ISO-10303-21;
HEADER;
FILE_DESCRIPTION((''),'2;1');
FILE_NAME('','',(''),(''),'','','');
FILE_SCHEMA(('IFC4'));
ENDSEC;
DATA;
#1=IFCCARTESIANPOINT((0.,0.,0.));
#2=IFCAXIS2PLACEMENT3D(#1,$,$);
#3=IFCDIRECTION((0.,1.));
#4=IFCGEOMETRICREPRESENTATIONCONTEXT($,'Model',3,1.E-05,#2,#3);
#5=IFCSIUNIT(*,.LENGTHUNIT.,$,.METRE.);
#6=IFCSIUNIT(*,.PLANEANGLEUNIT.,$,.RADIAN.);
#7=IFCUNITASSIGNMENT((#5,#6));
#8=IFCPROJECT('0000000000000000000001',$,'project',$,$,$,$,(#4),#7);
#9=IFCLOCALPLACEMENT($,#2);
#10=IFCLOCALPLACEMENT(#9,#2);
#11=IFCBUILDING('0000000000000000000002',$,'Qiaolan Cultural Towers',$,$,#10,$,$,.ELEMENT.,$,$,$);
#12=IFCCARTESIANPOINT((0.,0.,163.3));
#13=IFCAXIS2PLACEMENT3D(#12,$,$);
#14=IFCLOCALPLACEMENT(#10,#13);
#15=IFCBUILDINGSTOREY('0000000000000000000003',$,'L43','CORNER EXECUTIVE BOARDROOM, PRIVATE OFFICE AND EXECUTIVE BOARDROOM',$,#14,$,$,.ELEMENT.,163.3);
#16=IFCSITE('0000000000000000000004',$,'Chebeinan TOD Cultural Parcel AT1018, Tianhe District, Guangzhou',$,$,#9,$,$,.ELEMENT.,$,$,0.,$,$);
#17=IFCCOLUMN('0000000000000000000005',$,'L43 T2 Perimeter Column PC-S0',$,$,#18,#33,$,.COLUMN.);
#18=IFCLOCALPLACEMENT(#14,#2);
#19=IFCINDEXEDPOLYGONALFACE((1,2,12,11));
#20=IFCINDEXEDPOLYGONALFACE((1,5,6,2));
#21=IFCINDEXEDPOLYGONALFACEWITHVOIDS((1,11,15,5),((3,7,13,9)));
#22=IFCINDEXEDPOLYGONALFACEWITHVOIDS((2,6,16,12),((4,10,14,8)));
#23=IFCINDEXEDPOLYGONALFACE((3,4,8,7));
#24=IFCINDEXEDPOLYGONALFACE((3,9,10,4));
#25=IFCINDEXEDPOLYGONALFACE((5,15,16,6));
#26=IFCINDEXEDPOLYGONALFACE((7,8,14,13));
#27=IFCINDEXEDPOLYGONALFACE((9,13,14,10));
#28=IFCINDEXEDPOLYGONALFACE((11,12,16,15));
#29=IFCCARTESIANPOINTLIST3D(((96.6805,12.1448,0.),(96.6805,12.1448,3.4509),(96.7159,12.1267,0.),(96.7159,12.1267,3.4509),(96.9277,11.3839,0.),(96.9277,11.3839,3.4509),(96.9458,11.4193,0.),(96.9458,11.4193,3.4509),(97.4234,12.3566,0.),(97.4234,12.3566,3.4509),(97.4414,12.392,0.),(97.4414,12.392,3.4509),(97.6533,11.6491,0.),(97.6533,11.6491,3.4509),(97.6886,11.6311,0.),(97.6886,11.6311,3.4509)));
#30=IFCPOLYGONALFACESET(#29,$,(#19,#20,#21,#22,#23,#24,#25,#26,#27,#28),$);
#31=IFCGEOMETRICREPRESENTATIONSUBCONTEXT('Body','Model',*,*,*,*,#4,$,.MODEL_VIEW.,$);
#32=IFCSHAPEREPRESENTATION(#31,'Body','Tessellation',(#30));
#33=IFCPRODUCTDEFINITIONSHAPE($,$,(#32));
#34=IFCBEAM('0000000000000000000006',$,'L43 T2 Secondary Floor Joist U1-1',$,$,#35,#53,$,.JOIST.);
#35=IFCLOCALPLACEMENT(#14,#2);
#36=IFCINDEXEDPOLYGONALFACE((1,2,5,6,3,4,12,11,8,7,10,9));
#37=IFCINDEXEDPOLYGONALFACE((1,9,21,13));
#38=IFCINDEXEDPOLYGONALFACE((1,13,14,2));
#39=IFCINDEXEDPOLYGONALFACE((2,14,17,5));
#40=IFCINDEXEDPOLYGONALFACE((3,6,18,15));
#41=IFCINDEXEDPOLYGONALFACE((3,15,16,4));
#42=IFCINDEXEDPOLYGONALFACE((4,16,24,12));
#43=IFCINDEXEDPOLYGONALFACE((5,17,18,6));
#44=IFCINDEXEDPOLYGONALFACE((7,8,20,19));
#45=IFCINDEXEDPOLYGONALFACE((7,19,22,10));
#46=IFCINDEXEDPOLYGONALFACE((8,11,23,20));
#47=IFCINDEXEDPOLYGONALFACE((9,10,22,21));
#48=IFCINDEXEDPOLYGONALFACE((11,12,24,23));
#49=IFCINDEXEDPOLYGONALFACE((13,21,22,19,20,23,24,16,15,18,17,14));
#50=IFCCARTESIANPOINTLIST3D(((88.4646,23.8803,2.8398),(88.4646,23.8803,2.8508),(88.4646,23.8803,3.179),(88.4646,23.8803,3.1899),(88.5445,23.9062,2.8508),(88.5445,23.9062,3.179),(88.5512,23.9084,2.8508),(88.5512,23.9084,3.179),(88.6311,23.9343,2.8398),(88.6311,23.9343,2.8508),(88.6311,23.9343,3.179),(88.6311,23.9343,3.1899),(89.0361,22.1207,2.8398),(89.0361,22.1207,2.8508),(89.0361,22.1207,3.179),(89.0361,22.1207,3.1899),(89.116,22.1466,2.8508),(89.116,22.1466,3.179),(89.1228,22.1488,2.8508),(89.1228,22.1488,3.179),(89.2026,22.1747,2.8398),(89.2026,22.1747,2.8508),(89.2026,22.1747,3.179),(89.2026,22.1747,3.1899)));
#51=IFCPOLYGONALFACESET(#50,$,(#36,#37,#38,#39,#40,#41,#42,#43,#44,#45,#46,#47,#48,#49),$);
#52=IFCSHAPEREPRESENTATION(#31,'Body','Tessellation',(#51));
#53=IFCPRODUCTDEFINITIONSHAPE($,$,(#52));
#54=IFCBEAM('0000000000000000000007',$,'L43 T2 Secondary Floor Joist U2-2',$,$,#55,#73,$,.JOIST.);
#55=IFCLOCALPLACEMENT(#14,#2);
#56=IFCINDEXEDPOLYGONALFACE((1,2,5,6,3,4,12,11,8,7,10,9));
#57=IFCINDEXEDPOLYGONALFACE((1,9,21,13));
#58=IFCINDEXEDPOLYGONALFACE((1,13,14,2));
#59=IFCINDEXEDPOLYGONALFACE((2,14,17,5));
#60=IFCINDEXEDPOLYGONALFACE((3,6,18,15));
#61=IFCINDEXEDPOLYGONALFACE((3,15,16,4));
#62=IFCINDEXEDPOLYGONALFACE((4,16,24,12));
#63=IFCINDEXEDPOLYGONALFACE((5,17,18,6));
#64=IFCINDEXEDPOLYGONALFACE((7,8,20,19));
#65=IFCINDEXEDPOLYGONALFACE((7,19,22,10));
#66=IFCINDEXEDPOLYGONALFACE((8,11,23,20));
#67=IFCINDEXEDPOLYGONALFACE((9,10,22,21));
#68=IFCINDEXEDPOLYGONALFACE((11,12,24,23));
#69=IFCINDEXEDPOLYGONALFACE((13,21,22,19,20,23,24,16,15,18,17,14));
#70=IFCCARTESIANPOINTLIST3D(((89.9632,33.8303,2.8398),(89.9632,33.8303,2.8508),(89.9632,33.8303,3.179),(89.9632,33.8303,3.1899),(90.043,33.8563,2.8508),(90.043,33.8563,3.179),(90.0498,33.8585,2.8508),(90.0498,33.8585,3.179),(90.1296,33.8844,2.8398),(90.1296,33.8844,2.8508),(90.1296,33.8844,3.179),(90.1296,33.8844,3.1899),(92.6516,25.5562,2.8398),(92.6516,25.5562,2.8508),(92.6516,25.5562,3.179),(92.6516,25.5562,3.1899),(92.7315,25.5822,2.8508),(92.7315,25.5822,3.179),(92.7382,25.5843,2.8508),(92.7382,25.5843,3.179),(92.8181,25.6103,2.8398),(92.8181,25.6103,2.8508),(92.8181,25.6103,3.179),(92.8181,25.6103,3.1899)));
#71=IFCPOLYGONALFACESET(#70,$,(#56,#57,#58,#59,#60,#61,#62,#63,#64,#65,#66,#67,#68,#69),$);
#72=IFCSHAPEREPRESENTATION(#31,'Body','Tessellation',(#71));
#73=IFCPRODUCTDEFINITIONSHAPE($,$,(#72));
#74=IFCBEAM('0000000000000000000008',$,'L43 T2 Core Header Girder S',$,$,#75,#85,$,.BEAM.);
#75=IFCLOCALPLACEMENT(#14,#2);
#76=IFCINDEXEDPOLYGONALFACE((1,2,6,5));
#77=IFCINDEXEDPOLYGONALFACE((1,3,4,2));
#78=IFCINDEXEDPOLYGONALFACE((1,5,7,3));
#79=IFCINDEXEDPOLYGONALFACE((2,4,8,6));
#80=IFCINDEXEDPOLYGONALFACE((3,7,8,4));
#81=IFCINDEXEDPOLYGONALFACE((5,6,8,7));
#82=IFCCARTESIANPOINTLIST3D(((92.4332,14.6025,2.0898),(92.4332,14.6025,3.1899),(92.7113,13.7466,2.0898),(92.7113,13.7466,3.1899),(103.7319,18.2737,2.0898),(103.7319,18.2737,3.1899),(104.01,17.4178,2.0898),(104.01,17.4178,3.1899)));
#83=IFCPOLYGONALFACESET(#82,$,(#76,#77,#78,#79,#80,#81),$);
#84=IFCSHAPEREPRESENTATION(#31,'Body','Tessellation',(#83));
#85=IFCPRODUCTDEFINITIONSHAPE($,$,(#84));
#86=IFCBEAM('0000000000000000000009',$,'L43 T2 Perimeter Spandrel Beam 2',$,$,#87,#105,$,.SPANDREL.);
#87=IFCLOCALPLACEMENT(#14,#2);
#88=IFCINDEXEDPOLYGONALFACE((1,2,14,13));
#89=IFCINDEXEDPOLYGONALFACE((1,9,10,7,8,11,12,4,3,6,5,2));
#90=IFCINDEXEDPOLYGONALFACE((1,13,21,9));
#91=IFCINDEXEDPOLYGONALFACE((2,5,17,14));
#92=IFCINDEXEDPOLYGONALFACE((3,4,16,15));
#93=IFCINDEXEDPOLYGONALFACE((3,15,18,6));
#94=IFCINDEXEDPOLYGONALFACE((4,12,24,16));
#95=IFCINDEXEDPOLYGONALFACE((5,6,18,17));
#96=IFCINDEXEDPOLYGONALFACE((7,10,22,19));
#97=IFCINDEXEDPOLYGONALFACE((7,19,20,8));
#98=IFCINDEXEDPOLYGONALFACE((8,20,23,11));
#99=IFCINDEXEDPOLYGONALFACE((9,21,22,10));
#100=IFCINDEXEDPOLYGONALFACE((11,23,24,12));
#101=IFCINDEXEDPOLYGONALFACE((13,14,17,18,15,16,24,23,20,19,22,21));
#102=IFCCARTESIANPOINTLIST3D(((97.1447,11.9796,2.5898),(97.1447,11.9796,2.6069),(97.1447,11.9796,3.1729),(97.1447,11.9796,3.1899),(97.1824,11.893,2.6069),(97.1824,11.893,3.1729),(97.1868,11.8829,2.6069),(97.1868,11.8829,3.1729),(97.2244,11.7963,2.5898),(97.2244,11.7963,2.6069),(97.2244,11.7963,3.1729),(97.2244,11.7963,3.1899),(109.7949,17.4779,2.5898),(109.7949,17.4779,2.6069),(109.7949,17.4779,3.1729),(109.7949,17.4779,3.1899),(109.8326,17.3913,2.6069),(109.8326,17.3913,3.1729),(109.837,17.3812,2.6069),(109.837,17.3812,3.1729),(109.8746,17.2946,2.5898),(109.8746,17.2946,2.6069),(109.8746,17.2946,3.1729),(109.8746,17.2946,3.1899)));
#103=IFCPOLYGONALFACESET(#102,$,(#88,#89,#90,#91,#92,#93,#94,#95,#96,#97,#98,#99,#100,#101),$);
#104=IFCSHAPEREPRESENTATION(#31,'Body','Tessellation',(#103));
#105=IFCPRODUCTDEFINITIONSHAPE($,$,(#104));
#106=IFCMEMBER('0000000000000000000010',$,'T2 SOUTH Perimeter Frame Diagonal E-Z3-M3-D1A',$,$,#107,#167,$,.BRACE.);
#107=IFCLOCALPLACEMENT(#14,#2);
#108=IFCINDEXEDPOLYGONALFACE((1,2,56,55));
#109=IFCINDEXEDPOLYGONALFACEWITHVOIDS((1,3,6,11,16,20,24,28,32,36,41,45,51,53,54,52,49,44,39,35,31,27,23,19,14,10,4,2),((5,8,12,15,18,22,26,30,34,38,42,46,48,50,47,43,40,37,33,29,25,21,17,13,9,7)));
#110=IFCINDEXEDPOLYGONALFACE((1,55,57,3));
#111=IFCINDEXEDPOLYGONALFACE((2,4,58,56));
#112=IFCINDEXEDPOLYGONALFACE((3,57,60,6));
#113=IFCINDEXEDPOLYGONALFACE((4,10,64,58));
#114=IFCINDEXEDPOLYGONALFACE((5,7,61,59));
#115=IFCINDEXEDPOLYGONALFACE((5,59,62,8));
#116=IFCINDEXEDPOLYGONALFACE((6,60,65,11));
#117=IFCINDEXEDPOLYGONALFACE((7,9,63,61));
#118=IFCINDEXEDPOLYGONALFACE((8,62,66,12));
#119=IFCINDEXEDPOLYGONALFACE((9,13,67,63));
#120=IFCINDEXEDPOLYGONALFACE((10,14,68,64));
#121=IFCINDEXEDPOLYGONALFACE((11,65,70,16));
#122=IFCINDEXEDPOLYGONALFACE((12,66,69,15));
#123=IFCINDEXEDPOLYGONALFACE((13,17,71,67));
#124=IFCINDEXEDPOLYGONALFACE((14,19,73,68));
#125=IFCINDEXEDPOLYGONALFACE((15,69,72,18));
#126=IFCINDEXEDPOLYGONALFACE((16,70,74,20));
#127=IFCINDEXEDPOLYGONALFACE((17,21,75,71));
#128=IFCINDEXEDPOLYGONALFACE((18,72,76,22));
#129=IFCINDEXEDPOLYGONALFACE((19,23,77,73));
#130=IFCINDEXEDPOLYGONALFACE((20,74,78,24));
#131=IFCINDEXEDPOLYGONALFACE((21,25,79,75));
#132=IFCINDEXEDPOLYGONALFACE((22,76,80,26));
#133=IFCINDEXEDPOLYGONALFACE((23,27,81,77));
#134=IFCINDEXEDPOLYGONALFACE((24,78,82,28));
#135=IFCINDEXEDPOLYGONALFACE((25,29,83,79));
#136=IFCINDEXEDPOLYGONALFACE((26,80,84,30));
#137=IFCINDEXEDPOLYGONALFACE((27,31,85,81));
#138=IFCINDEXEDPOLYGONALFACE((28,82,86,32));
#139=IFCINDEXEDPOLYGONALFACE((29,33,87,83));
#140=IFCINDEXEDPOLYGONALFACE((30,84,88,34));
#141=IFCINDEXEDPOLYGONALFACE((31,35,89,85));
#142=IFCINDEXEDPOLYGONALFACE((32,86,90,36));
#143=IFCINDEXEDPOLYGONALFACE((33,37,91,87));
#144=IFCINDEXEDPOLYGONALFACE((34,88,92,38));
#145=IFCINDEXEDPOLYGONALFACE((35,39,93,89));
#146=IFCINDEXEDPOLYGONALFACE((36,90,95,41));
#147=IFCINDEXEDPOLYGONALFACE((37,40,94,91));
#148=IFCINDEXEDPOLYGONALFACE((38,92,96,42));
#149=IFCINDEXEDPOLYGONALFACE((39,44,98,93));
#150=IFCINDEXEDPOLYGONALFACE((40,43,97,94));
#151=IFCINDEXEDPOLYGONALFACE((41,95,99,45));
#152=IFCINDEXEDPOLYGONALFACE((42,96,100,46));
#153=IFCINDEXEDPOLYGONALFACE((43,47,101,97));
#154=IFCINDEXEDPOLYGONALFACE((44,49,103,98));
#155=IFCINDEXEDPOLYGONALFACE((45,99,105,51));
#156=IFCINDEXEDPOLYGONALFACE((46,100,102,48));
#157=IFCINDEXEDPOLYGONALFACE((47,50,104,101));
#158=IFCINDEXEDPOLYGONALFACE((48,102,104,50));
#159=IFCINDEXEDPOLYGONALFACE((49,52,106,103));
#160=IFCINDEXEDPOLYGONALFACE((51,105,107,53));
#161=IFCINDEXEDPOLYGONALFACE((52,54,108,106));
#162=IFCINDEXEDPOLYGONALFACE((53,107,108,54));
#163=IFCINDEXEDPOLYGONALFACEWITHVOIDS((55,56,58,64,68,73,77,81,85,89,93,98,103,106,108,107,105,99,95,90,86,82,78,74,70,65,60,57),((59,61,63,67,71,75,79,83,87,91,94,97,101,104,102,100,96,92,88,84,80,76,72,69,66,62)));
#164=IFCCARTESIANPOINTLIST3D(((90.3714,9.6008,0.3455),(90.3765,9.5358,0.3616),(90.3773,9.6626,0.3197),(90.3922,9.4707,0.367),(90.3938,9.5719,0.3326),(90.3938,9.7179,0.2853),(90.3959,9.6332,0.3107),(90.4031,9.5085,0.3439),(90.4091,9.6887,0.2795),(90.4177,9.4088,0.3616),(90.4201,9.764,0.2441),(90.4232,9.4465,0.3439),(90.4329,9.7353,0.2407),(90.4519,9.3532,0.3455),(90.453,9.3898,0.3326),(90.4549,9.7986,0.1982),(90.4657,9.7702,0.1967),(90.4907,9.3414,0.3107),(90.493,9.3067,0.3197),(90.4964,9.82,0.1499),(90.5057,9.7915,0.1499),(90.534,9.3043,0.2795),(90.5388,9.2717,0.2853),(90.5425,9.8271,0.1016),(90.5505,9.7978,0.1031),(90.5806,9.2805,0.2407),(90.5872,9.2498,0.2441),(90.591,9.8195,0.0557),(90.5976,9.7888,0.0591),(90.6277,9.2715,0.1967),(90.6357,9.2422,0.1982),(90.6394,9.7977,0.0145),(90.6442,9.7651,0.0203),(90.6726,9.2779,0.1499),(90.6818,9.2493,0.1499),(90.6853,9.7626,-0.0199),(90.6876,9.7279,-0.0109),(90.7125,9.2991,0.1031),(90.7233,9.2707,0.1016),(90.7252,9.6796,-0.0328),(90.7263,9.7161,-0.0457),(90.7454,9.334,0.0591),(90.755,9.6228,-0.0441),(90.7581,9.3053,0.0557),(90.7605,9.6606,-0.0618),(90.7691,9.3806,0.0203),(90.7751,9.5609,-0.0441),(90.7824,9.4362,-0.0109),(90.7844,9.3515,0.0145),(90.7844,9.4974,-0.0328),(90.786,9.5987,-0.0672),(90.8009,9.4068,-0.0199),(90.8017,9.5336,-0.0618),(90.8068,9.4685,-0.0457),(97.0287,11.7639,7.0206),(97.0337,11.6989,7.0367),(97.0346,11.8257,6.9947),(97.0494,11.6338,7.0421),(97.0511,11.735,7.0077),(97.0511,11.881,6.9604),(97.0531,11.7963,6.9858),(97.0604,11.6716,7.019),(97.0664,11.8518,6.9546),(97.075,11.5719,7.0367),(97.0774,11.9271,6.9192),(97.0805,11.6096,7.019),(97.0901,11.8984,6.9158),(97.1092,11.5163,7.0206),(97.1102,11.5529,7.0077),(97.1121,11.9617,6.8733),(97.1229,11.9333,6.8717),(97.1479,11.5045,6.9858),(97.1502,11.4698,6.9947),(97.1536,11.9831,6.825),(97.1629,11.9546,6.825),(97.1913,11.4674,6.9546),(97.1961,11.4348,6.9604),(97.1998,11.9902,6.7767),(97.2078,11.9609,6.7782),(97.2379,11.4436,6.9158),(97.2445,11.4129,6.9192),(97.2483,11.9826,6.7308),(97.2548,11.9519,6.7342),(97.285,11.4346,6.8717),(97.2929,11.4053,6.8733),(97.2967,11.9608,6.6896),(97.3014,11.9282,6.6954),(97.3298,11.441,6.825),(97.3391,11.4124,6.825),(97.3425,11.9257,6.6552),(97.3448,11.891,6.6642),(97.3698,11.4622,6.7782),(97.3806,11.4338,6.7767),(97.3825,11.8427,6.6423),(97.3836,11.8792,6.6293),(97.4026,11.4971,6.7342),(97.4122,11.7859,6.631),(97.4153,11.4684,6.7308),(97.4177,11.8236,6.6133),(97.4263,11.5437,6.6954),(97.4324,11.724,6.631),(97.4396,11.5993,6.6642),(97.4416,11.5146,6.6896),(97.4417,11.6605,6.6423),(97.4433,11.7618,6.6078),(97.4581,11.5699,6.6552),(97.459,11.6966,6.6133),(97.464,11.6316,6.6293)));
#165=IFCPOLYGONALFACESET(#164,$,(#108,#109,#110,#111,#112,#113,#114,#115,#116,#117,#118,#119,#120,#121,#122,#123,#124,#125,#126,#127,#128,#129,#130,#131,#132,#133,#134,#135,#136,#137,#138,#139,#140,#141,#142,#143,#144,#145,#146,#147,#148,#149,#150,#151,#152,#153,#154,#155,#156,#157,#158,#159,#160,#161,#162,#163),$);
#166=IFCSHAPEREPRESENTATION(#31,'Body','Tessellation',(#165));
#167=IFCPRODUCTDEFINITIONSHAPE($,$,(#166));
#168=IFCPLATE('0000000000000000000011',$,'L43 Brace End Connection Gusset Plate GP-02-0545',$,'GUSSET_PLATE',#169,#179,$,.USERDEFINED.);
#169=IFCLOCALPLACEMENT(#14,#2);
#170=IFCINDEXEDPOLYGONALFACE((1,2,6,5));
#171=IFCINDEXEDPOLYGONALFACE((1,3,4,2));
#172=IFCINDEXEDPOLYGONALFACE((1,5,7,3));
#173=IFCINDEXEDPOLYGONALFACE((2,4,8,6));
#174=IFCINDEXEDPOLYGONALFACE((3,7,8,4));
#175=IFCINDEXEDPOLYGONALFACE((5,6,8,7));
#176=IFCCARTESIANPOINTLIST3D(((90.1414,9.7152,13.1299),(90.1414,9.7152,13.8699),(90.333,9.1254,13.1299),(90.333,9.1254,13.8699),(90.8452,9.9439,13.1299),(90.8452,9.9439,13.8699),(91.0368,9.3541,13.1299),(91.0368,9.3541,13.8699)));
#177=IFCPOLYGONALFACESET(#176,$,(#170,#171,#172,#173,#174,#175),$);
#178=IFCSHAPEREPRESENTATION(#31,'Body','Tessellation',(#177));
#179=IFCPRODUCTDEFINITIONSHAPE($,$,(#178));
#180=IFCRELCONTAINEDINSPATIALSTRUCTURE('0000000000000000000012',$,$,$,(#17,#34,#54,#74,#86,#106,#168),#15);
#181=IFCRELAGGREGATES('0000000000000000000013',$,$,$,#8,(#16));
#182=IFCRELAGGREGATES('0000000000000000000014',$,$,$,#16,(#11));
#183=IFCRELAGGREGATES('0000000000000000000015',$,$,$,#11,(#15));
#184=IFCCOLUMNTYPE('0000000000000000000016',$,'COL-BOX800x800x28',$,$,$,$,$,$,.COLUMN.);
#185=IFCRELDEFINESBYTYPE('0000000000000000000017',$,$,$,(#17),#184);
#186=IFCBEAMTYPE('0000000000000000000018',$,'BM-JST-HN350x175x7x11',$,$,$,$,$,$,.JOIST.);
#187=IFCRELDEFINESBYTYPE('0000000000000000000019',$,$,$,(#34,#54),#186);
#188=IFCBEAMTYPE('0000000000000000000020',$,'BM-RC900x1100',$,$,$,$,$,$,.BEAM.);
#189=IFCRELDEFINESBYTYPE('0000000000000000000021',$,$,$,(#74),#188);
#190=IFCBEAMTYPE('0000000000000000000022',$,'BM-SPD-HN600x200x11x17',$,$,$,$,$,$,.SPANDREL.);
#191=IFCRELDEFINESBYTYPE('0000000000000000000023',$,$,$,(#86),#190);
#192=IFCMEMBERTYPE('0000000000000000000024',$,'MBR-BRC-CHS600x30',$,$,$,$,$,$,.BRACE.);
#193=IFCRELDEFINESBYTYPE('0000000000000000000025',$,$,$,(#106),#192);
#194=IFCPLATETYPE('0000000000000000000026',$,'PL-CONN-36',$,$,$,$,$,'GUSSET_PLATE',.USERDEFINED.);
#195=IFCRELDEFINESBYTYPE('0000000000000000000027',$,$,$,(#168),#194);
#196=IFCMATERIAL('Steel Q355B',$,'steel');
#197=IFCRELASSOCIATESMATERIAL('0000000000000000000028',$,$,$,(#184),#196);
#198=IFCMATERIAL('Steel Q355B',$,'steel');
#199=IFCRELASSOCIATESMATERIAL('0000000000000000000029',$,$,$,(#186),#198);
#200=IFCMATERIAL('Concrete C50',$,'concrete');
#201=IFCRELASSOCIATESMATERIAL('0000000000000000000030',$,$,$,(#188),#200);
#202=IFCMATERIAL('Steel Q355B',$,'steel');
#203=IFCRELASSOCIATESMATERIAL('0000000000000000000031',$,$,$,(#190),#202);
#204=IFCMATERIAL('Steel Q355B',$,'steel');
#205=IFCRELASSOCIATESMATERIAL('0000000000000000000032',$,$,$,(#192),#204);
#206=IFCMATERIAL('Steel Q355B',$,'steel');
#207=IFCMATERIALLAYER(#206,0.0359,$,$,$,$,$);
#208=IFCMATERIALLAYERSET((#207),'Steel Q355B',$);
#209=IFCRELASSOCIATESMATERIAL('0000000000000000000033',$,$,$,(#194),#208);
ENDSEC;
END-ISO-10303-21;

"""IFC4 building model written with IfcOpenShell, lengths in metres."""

from ifc_helpers import new_model, si_unit, direction, frame, origin, origin_2d, place, context, subcontext, project, spatial, rectangle, hollow_rectangle, hollow_circle, i_section, extrude, material, layer, layer_set, material_profile, profile_set, type_object, element, save


model = new_model("IFC4")

# Units and contexts
model_context = context("Model", 3, precision=1e-05, world=origin(), true_north=direction((0.0, 1.0)))
body_context = subcontext(model_context, "Body", "Model", "MODEL_VIEW")
ifc_project = project(units=[si_unit("LENGTHUNIT", "METRE"), si_unit("PLANEANGLEUNIT", "RADIAN")], contexts=[model_context])

# Site, building, storey
site_placement = place(None, origin())
site = spatial("IfcSite", under=ifc_project, at=site_placement, Name="Chebeinan TOD Cultural Parcel AT1018, Tianhe District, Guangzhou", CompositionType="ELEMENT", RefElevation=0.0)
building_placement = place(site_placement, origin())
building = spatial("IfcBuilding", under=site, at=building_placement, Name="Qiaolan Cultural Towers", CompositionType="ELEMENT")
storey_placement = place(building_placement, frame((0.0, 0.0, 163.3)))
storey = spatial("IfcBuildingStorey", under=building, at=storey_placement, Name="L43", Description="CORNER EXECUTIVE BOARDROOM, PRIVATE OFFICE AND EXECUTIVE BOARDROOM", CompositionType="ELEMENT", Elevation=163.3)

# Column
ifc_material_1 = material(Name="Steel Q355B", Category="steel")
ifc_material_profile_1 = material_profile(ifc_material_1, hollow_rectangle(XDim=0.8, YDim=0.8, WallThickness=0.0281, at=origin_2d()), Name="BOX800x800x28")
ifc_profile_set_1 = profile_set([ifc_material_profile_1], Name="Steel Q355B")
column_type = type_object("IfcColumnType", Name="COL-BOX800x800x28", PredefinedType="COLUMN", material=ifc_profile_set_1)
column_placement = place(storey_placement, frame((97.1846, 11.8879, 0.0), z_axis=(0.0, 0.0, 1.0), x_axis=(0.951057, 0.309017, 0.0)))
element("IfcColumn", 1, at=column_placement, inside=storey, type_object=column_type, Name="L43 T2 Perimeter Column PC-S0", PredefinedType="COLUMN", context=body_context, shape_type="SweptSolid", body=[
    extrude(hollow_rectangle(XDim=0.8, YDim=0.8, WallThickness=0.0281, at=origin_2d()), origin(), (0.0, 0.0, 1.0), 3.4509),
])

# Beams
ifc_material_2 = material(Name="Steel Q355B", Category="steel")
ifc_material_profile_2 = material_profile(ifc_material_2, i_section(OverallWidth=0.175, OverallDepth=0.3501, WebThickness=0.0071, FlangeThickness=0.011, at=origin_2d()), Name="HN350x175x7x11")
ifc_profile_set_2 = profile_set([ifc_material_profile_2], Name="Steel Q355B")
beam_type_1 = type_object("IfcBeamType", Name="BM-JST-HN350x175x7x11", PredefinedType="JOIST", material=ifc_profile_set_2)
beam_1_placement = place(storey_placement, frame((89.1194, 22.1477, 3.0149), z_axis=(-0.308934, 0.951084, 0.0), x_axis=(-0.951084, -0.308934, 0.0)))
element("IfcBeam", 2, at=beam_1_placement, inside=storey, type_object=beam_type_1, Name="L43 T2 Secondary Floor Joist U1-1", PredefinedType="JOIST", context=body_context, shape_type="SweptSolid", body=[
    extrude(i_section(OverallWidth=0.175, OverallDepth=0.3501, WebThickness=0.0071, FlangeThickness=0.011, at=origin_2d()), origin(), (0.0, 0.0, 1.0), 1.8501),
])
beam_2_placement = place(storey_placement, frame((92.7349, 25.5833, 3.0149), z_axis=(-0.309021, 0.951055, 0.0), x_axis=(-0.951055, -0.309021, 0.0)))
element("IfcBeam", 3, at=beam_2_placement, inside=storey, type_object=beam_type_1, Name="L43 T2 Secondary Floor Joist U2-2", PredefinedType="JOIST", context=body_context, shape_type="SweptSolid", body=[
    extrude(i_section(OverallWidth=0.175, OverallDepth=0.3501, WebThickness=0.0071, FlangeThickness=0.011, at=origin_2d()), origin(), (0.0, 0.0, 1.0), 8.7),
])
ifc_material_3 = material(Name="Concrete C50", Category="concrete")
ifc_material_profile_3 = material_profile(ifc_material_3, rectangle(XDim=0.8999, YDim=1.1001, at=origin_2d()), Name="RC900x1100")
ifc_profile_set_3 = profile_set([ifc_material_profile_3], Name="Concrete C50")
beam_type_2 = type_object("IfcBeamType", Name="BM-RC900x1100", PredefinedType="BEAM", material=ifc_profile_set_3)
beam_3_placement = place(storey_placement, frame((92.5723, 14.1746, 2.6399), z_axis=(0.951056, 0.309018, 0.0), x_axis=(-0.309018, 0.951056, 0.0)))
element("IfcBeam", 4, at=beam_3_placement, inside=storey, type_object=beam_type_2, Name="L43 T2 Core Header Girder S", PredefinedType="BEAM", context=body_context, shape_type="SweptSolid", body=[
    extrude(rectangle(XDim=0.8999, YDim=1.1001, at=origin_2d()), origin(), (0.0, 0.0, 1.0), 11.8801),
])
ifc_material_4 = material(Name="Steel Q355B", Category="steel")
ifc_material_profile_4 = material_profile(ifc_material_4, i_section(OverallWidth=0.2, OverallDepth=0.6001, WebThickness=0.011, FlangeThickness=0.0171, at=origin_2d()), Name="HN600x200x11x17")
ifc_profile_set_4 = profile_set([ifc_material_profile_4], Name="Steel Q355B")
beam_type_3 = type_object("IfcBeamType", Name="BM-SPD-HN600x200x11x17", PredefinedType="SPANDREL", material=ifc_profile_set_4)
beam_4_placement = place(storey_placement, frame((97.1846, 11.8879, 2.8899), z_axis=(0.917117, 0.398618, 0.0), x_axis=(-0.398618, 0.917117, 0.0)))
element("IfcBeam", 5, at=beam_4_placement, inside=storey, type_object=beam_type_3, Name="L43 T2 Perimeter Spandrel Beam 2", PredefinedType="SPANDREL", context=body_context, shape_type="SweptSolid", body=[
    extrude(i_section(OverallWidth=0.2, OverallDepth=0.6001, WebThickness=0.011, FlangeThickness=0.0171, at=origin_2d()), origin(), (0.0, 0.0, 1.0), 13.7935),
])

# Member
ifc_material_5 = material(Name="Steel Q355B", Category="steel")
ifc_material_profile_5 = material_profile(ifc_material_5, hollow_circle(Radius=0.3, WallThickness=0.03, at=origin_2d()), Name="CHS600x30")
ifc_profile_set_5 = profile_set([ifc_material_profile_5], Name="Steel Q355B")
member_type = type_object("IfcMemberType", Name="MBR-BRC-CHS600x30", PredefinedType="BRACE", material=ifc_profile_set_5)
member_placement = place(storey_placement, frame((90.5891, 9.5347, 0.1499), z_axis=(0.688276, 0.223637, 0.690118), x_axis=(-0.30902, 0.951056, 0.0)))
element("IfcMember", 6, at=member_placement, inside=storey, type_object=member_type, Name="T2 SOUTH Perimeter Frame Diagonal E-Z3-M3-D1A", PredefinedType="BRACE", context=body_context, shape_type="SweptSolid", body=[
    extrude(hollow_circle(Radius=0.3, WallThickness=0.03, at=origin_2d()), origin(), (0.0, 0.0, 1.0), 9.6724),
])

# Plate
ifc_material_6 = material(Name="Steel Q355B", Category="steel")
ifc_layer_1 = layer(ifc_material_6, 0.0359)
ifc_layer_set_1 = layer_set([ifc_layer_1], Name="Steel Q355B")
plate_type_1 = type_object("IfcPlateType", Name="PL-CONN-36", ElementType="GUSSET_PLATE", PredefinedType="USERDEFINED", material=ifc_layer_set_1)
plate_placement = place(storey_placement, frame((90.5891, 9.5347, 13.1299), z_axis=(0.0, 0.0, 1.0), x_axis=(0.951057, 0.309017, 0.0)))
element("IfcPlate", 7, at=plate_placement, inside=storey, type_object=plate_type_1, Name="L43 Brace End Connection Gusset Plate GP-02-0545", ObjectType="GUSSET_PLATE", PredefinedType="USERDEFINED", context=body_context, shape_type="SweptSolid", body=[
    extrude(rectangle(XDim=0.74, YDim=0.6201, at=origin_2d()), origin(), (0.0, 0.0, 1.0), 0.74),
])

save(model, "model.ifc")
